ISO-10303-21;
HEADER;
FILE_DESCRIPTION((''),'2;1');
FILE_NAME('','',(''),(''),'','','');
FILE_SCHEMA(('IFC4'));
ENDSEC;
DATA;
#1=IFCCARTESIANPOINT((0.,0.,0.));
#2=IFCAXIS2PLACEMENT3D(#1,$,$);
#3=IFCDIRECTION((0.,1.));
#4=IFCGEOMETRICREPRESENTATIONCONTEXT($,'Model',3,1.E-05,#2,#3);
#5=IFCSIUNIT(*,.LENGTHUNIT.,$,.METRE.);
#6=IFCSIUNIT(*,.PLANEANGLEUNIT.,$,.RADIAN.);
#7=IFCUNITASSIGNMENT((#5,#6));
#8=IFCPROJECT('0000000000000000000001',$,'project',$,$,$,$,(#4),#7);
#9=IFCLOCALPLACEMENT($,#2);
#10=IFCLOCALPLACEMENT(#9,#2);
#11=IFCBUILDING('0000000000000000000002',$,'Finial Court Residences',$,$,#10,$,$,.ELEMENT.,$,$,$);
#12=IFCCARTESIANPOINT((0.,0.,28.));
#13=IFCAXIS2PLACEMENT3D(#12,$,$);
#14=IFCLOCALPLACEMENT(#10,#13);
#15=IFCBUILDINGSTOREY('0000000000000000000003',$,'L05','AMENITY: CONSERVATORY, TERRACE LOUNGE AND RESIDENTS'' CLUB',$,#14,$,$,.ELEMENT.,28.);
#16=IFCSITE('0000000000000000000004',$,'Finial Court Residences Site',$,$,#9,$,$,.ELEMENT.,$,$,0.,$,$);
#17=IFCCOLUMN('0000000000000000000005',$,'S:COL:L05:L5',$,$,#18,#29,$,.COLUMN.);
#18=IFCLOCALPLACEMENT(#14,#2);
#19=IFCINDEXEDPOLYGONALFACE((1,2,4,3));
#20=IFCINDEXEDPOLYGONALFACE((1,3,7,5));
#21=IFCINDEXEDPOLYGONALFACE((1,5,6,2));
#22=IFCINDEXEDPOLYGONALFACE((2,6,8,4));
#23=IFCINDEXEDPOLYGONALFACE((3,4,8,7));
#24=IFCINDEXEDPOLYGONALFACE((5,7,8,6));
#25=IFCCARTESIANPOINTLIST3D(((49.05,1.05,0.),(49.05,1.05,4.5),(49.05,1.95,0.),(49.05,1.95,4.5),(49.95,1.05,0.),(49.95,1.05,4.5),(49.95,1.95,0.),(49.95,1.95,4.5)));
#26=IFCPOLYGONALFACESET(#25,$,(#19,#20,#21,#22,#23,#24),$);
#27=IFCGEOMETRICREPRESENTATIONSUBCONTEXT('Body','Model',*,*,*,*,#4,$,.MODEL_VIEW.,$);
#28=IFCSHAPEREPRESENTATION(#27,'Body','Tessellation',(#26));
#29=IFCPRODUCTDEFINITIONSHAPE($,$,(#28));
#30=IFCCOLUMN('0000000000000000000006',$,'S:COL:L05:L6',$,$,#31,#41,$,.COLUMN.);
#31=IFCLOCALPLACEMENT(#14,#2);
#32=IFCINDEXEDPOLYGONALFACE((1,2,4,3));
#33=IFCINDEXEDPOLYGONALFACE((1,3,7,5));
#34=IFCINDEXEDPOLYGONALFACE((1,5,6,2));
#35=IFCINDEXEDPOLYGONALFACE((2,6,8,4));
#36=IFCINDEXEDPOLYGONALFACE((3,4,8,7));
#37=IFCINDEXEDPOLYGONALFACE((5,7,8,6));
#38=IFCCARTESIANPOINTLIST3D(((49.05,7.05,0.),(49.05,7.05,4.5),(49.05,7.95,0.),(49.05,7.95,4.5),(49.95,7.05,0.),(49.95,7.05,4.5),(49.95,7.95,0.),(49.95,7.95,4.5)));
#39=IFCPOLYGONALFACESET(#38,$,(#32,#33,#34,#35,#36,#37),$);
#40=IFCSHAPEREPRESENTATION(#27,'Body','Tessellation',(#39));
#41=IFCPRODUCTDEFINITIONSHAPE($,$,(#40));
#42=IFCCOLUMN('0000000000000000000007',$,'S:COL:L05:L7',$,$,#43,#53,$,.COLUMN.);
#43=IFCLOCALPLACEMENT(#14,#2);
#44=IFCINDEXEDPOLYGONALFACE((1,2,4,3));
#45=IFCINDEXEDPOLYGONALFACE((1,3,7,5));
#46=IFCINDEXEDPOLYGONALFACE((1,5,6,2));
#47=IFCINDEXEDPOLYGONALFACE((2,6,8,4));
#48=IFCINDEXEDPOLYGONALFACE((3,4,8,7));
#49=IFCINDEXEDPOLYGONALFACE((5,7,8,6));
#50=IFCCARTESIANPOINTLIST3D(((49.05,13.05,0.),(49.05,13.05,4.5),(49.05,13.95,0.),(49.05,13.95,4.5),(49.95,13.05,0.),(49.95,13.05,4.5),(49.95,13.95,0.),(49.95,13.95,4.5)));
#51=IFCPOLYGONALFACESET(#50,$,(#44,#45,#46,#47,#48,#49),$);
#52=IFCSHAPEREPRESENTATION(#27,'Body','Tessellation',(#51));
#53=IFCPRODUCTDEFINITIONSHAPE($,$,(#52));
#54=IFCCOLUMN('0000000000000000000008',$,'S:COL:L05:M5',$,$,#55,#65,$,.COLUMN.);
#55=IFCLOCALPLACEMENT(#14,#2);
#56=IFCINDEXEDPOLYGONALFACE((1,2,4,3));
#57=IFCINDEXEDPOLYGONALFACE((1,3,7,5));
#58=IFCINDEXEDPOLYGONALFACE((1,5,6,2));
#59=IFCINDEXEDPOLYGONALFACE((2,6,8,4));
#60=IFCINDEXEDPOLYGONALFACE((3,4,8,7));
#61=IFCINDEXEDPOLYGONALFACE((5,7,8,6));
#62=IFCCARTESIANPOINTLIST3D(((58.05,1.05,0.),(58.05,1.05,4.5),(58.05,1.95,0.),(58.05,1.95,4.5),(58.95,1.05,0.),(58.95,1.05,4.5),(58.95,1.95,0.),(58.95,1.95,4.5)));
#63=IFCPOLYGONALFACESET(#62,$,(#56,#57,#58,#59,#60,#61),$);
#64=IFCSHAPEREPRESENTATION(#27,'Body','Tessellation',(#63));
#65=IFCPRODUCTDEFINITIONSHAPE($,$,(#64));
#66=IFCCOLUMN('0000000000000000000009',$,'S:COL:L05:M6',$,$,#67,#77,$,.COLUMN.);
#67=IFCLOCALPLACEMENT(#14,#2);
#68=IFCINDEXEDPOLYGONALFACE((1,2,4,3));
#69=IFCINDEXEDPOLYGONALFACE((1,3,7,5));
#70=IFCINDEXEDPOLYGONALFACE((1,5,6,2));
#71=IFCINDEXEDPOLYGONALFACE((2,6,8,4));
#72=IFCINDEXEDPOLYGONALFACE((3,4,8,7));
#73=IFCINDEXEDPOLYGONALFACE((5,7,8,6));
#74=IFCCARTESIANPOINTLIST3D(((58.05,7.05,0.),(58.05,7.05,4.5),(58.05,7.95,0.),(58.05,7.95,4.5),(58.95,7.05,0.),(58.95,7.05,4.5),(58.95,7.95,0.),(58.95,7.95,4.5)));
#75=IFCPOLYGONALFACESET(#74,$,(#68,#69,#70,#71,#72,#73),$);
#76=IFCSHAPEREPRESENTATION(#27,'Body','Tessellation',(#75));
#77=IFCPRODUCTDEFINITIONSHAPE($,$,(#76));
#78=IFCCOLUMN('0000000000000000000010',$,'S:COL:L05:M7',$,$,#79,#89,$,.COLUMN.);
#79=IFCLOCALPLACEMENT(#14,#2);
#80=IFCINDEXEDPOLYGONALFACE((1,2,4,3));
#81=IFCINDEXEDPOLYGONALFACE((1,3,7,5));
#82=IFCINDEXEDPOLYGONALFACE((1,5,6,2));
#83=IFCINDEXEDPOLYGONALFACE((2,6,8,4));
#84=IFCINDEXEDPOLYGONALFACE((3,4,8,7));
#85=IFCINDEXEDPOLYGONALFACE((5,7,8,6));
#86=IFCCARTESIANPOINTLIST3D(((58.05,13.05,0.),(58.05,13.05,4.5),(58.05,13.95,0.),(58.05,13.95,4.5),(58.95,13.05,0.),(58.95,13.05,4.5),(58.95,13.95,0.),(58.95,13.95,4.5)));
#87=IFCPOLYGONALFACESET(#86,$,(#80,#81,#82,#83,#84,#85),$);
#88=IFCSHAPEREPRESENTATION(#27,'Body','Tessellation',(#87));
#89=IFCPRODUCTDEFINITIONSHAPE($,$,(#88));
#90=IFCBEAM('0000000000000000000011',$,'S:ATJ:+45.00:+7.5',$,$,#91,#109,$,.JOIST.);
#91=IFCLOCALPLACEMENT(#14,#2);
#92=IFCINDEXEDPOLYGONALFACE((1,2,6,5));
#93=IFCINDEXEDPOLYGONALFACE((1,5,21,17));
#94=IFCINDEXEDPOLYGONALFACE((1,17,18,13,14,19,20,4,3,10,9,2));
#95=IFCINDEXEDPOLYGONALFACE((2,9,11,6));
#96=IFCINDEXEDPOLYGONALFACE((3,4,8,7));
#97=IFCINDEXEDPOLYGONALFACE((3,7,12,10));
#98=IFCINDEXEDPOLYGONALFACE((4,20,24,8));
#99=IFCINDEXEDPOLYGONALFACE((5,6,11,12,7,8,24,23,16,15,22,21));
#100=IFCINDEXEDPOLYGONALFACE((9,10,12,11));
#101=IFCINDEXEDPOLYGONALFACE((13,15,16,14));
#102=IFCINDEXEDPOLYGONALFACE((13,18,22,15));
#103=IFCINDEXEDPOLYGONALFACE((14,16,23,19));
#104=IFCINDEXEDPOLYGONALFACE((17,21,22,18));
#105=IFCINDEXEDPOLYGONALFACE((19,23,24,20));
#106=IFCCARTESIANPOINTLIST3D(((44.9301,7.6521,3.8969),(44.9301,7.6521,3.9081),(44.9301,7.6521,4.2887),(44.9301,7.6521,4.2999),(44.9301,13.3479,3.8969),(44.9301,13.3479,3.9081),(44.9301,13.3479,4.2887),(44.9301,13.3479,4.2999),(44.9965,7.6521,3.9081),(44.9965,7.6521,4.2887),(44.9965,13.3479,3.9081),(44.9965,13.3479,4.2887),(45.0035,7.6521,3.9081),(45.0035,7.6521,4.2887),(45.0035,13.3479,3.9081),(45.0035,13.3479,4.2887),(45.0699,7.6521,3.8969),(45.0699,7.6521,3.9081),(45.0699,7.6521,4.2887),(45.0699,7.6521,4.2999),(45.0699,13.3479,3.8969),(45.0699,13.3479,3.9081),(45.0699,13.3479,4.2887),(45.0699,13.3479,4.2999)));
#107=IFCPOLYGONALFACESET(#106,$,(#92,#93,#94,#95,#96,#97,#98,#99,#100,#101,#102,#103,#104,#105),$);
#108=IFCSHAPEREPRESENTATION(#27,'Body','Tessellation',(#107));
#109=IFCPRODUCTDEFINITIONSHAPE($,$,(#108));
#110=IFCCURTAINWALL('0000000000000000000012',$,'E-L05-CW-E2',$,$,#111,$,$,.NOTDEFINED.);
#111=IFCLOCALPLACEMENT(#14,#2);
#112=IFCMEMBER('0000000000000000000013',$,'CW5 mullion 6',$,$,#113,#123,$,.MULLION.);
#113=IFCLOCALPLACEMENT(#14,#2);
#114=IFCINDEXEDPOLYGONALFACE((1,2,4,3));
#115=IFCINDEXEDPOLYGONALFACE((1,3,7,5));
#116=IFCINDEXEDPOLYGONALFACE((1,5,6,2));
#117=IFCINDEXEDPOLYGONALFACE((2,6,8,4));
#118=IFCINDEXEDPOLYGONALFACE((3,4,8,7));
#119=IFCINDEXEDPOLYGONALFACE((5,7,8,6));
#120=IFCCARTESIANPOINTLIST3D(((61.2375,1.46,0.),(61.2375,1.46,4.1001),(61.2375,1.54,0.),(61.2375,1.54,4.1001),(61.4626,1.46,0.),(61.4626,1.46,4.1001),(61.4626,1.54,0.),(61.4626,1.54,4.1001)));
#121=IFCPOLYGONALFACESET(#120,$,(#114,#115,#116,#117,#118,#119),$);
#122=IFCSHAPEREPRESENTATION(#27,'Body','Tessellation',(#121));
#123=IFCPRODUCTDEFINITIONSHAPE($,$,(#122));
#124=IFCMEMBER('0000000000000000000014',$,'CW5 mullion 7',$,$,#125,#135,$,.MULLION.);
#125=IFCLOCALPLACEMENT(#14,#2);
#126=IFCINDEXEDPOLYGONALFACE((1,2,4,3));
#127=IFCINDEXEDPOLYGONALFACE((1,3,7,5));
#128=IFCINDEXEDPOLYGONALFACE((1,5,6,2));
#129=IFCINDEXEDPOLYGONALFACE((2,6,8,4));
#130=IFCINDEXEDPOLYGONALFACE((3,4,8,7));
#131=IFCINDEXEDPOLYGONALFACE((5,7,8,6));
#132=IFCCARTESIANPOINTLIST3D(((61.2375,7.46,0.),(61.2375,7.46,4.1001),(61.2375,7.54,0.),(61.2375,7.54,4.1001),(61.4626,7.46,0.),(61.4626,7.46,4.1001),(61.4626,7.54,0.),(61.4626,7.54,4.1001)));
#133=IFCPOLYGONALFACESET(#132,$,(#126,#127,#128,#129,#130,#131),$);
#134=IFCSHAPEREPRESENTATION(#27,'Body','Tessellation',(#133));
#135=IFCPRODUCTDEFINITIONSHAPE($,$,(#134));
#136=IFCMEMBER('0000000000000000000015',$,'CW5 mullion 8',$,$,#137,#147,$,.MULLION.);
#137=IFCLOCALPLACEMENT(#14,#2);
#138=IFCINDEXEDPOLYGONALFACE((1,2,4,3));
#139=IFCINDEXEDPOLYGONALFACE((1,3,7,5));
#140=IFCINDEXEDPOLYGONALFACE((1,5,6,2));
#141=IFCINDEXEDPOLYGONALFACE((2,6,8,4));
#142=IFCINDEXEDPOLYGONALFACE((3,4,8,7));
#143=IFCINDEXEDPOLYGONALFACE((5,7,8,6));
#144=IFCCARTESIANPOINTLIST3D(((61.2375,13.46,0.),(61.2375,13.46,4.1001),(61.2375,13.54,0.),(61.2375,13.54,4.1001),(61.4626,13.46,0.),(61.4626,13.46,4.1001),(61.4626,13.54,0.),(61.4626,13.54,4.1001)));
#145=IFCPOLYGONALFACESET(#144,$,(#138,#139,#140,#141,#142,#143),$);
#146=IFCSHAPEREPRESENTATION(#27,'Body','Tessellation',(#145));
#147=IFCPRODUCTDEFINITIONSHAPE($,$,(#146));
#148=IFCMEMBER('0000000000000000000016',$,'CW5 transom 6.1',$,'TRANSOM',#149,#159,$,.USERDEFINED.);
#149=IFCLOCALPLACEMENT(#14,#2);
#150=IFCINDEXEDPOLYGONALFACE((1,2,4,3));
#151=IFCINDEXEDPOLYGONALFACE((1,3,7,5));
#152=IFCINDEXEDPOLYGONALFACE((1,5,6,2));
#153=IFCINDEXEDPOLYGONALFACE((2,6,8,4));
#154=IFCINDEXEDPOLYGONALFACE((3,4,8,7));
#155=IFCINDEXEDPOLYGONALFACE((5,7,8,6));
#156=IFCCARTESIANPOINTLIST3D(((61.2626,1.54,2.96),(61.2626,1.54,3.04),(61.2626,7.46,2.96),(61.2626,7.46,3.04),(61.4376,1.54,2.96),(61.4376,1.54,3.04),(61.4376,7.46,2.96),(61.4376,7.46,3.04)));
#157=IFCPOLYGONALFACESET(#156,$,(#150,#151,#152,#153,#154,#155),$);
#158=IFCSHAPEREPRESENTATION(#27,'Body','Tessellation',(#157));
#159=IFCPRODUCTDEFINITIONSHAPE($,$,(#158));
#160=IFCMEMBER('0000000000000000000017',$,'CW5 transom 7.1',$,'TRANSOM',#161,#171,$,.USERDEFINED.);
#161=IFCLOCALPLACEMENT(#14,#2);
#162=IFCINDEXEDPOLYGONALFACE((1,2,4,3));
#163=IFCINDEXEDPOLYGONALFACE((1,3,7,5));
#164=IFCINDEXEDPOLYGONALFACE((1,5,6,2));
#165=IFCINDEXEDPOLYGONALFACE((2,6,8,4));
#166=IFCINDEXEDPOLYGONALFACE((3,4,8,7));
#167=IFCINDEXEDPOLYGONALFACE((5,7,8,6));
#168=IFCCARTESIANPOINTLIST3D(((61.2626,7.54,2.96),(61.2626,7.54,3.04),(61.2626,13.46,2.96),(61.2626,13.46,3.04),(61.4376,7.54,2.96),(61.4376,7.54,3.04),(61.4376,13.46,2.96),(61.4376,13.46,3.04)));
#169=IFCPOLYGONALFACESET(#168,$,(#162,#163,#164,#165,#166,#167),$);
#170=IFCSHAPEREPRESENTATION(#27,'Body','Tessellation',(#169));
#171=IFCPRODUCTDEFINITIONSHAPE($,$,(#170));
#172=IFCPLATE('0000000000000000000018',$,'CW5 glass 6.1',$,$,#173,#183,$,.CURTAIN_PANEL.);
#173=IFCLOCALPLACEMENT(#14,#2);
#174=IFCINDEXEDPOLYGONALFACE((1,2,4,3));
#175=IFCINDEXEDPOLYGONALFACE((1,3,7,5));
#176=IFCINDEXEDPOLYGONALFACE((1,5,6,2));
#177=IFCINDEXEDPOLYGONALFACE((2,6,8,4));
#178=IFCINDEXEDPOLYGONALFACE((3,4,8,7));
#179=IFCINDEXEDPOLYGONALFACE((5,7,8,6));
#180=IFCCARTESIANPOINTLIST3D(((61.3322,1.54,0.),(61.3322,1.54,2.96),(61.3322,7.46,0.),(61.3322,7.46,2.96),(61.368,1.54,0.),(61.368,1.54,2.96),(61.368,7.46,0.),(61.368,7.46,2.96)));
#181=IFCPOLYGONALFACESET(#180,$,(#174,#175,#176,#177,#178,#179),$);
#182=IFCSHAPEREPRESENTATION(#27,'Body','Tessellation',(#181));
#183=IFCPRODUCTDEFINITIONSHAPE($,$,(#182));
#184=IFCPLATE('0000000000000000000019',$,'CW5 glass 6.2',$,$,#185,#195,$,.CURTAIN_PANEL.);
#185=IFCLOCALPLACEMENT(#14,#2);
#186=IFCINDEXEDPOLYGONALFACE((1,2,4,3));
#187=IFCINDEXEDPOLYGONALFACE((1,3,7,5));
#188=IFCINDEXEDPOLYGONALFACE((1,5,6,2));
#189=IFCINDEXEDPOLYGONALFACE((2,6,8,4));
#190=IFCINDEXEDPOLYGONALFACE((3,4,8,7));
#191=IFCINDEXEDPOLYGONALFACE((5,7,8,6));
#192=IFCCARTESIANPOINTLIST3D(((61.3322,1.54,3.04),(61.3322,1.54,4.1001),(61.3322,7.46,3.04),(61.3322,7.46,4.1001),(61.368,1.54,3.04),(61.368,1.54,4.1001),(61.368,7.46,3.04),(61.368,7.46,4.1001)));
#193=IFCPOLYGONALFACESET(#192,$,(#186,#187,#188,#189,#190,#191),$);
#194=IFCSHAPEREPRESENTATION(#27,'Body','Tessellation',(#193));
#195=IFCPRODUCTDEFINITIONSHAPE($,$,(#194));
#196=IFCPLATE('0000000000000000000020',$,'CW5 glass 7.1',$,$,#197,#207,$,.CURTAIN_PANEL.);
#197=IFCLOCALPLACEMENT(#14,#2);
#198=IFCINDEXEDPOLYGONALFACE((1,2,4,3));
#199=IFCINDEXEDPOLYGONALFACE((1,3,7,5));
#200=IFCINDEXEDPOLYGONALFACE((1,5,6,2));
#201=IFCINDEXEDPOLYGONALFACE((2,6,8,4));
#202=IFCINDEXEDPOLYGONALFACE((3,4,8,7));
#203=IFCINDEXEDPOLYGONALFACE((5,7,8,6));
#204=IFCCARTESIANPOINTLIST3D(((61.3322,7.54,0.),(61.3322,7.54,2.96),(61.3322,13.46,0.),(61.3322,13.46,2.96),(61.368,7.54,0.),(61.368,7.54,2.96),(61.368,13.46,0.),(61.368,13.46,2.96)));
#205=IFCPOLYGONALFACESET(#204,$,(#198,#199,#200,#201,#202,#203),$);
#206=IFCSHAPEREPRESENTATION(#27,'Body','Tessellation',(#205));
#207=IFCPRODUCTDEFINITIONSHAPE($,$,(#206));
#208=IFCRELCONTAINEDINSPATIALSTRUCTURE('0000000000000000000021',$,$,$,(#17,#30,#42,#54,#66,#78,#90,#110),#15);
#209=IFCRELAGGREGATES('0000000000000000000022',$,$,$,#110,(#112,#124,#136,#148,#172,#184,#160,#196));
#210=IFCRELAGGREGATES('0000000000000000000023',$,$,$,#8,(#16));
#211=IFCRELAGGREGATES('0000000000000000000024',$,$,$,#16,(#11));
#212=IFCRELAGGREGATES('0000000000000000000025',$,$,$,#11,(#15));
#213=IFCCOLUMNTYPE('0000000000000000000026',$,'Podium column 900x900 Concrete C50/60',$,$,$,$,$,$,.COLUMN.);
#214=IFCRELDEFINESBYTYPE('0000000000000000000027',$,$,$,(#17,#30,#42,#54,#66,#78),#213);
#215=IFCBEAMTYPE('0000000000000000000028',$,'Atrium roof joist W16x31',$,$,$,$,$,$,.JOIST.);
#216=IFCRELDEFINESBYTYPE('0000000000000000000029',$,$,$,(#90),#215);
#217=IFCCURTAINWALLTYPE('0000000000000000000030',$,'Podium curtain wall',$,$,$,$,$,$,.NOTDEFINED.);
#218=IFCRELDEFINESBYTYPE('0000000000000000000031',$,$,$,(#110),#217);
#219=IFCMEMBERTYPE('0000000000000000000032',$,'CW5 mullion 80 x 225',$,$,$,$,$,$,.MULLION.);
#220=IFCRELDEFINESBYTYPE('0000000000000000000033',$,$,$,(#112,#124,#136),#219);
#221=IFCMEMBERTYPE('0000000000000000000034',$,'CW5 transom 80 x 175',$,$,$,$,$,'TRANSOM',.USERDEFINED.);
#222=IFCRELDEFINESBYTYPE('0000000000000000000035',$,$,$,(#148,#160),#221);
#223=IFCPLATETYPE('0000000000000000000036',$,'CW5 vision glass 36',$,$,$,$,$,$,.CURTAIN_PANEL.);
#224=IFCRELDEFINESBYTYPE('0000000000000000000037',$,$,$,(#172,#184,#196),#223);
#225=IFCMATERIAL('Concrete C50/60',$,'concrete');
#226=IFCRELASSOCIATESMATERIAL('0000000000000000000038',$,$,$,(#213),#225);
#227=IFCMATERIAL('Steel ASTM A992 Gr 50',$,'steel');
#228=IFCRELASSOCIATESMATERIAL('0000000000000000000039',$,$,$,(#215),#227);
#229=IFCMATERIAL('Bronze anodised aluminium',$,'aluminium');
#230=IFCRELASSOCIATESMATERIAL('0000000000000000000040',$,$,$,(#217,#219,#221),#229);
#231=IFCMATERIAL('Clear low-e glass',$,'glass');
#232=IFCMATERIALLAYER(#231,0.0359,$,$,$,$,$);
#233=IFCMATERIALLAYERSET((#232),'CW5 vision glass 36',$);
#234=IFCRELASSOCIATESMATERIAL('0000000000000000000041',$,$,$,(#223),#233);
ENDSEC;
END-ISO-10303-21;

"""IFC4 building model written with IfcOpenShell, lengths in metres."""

from ifc_helpers import new_model, si_unit, direction, frame, origin, origin_2d, place, context, subcontext, project, spatial, rectangle, i_section, extrude, material, layer, layer_set, material_profile, profile_set, type_object, element, aggregate, save


model = new_model("IFC4")

# Units and contexts
model_context = context("Model", 3, precision=1e-05, world=origin(), true_north=direction((0.0, 1.0)))
body_context = subcontext(model_context, "Body", "Model", "MODEL_VIEW")
ifc_project = project(units=[si_unit("LENGTHUNIT", "METRE"), si_unit("PLANEANGLEUNIT", "RADIAN")], contexts=[model_context])

# Site, building, storey
site_placement = place(None, origin())
site = spatial("IfcSite", under=ifc_project, at=site_placement, Name="Finial Court Residences Site", CompositionType="ELEMENT", RefElevation=0.0)
building_placement = place(site_placement, origin())
building = spatial("IfcBuilding", under=site, at=building_placement, Name="Finial Court Residences", CompositionType="ELEMENT")
storey_placement = place(building_placement, frame((0.0, 0.0, 28.0)))
storey = spatial("IfcBuildingStorey", under=building, at=storey_placement, Name="L05", Description="AMENITY: CONSERVATORY, TERRACE LOUNGE AND RESIDENTS' CLUB", CompositionType="ELEMENT", Elevation=28.0)

# Columns
ifc_material_1 = material(Name="Concrete C50/60", Category="concrete")
ifc_material_profile_1 = material_profile(ifc_material_1, rectangle(XDim=0.8999, YDim=0.8999, at=origin_2d()), Name="900x900")
ifc_profile_set_1 = profile_set([ifc_material_profile_1], Name="Concrete C50/60")
column_type = type_object("IfcColumnType", Name="Podium column 900x900 Concrete C50/60", PredefinedType="COLUMN", material=ifc_profile_set_1)
for number, where, z_axis, x_axis, name in (
    (1, (49.5, 1.5, 0.0), (0.0, 0.0, 1.0), (1.0, 0.0, 0.0), "S:COL:L05:L5"),
    (2, (49.5, 7.5, 0.0), (0.0, 0.0, 1.0), (1.0, 0.0, 0.0), "S:COL:L05:L6"),
    (3, (49.5, 13.5, 0.0), (0.0, 0.0, 1.0), (1.0, 0.0, 0.0), "S:COL:L05:L7"),
    (4, (58.5, 1.5, 0.0), (0.0, 0.0, 1.0), (1.0, 0.0, 0.0), "S:COL:L05:M5"),
    (5, (58.5, 7.5, 0.0), (0.0, 0.0, 1.0), (1.0, 0.0, 0.0), "S:COL:L05:M6"),
    (6, (58.5, 13.5, 0.0), (0.0, 0.0, 1.0), (1.0, 0.0, 0.0), "S:COL:L05:M7"),
):
    element("IfcColumn", number, at=place(storey_placement, frame(where, z_axis=z_axis, x_axis=x_axis)), inside=storey, type_object=column_type, Name=name, PredefinedType="COLUMN", context=body_context, shape_type="SweptSolid", body=[
        extrude(rectangle(XDim=0.8999, YDim=0.8999, at=origin_2d()), origin(), (0.0, 0.0, 1.0), 4.5),
    ])

# Beam
ifc_material_2 = material(Name="Steel ASTM A992 Gr 50", Category="steel")
ifc_material_profile_2 = material_profile(ifc_material_2, i_section(OverallWidth=0.1399, OverallDepth=0.4031, WebThickness=0.0071, FlangeThickness=0.0112, at=origin_2d()), Name="W16x31")
ifc_profile_set_2 = profile_set([ifc_material_profile_2], Name="Steel ASTM A992 Gr 50")
beam_type = type_object("IfcBeamType", Name="Atrium roof joist W16x31", PredefinedType="JOIST", material=ifc_profile_set_2)
beam_placement = place(storey_placement, frame((45.0, 7.6521, 4.0984), z_axis=(0.0, 1.0, 0.0), x_axis=(-1.0, 0.0, 0.0)))
element("IfcBeam", 7, at=beam_placement, inside=storey, type_object=beam_type, Name="S:ATJ:+45.00:+7.5", PredefinedType="JOIST", context=body_context, shape_type="SweptSolid", body=[
    extrude(i_section(OverallWidth=0.1399, OverallDepth=0.4031, WebThickness=0.0071, FlangeThickness=0.0112, at=origin_2d()), origin(), (0.0, 0.0, 1.0), 5.6958),
])

# Curtain wall, members, plates
ifc_material_3 = material(Name="Bronze anodised aluminium", Category="aluminium")
curtain_wall_type = type_object("IfcCurtainWallType", Name="Podium curtain wall", PredefinedType="NOTDEFINED", material=ifc_material_3)
curtain_wall_placement = place(storey_placement, origin())
curtain_wall = element("IfcCurtainWall", 8, at=curtain_wall_placement, inside=storey, type_object=curtain_wall_type, Name="E-L05-CW-E2", PredefinedType="NOTDEFINED")
ifc_material_profile_3 = material_profile(ifc_material_3, rectangle(XDim=0.2251, YDim=0.0801, at=origin_2d()), Name="CW5 mullion 80 x 225")
ifc_profile_set_3 = profile_set([ifc_material_profile_3], Name="Bronze anodised aluminium")
member_type_1 = type_object("IfcMemberType", Name="CW5 mullion 80 x 225", PredefinedType="MULLION", material=ifc_profile_set_3)
member_1_placement = place(storey_placement, frame((61.3501, 1.5, 0.0), z_axis=(0.0, 0.0, 1.0), x_axis=(-1.0, 0.0, 0.0)))
member_1 = element("IfcMember", 9, at=member_1_placement, type_object=member_type_1, Name="CW5 mullion 6", PredefinedType="MULLION", context=body_context, shape_type="SweptSolid", body=[
    extrude(rectangle(XDim=0.2251, YDim=0.0801, at=origin_2d()), origin(), (0.0, 0.0, 1.0), 4.1001),
])
member_2_placement = place(storey_placement, frame((61.3501, 7.5, 0.0), z_axis=(0.0, 0.0, 1.0), x_axis=(-1.0, 0.0, 0.0)))
member_2 = element("IfcMember", 10, at=member_2_placement, type_object=member_type_1, Name="CW5 mullion 7", PredefinedType="MULLION", context=body_context, shape_type="SweptSolid", body=[
    extrude(rectangle(XDim=0.2251, YDim=0.0801, at=origin_2d()), origin(), (0.0, 0.0, 1.0), 4.1001),
])
member_3_placement = place(storey_placement, frame((61.3501, 13.5, 0.0), z_axis=(0.0, 0.0, 1.0), x_axis=(-1.0, 0.0, 0.0)))
member_3 = element("IfcMember", 11, at=member_3_placement, type_object=member_type_1, Name="CW5 mullion 8", PredefinedType="MULLION", context=body_context, shape_type="SweptSolid", body=[
    extrude(rectangle(XDim=0.2251, YDim=0.0801, at=origin_2d()), origin(), (0.0, 0.0, 1.0), 4.1001),
])
ifc_material_profile_4 = material_profile(ifc_material_3, rectangle(XDim=0.175, YDim=0.0801, at=origin_2d()), Name="CW5 transom 80 x 175")
ifc_profile_set_4 = profile_set([ifc_material_profile_4], Name="Bronze anodised aluminium")
member_type_2 = type_object("IfcMemberType", Name="CW5 transom 80 x 175", ElementType="TRANSOM", PredefinedType="USERDEFINED", material=ifc_profile_set_4)
member_4_placement = place(storey_placement, frame((61.3501, 1.54, 3.0), z_axis=(0.0, 1.0, 0.0), x_axis=(-1.0, 0.0, 0.0)))
member_4 = element("IfcMember", 12, at=member_4_placement, type_object=member_type_2, Name="CW5 transom 6.1", ObjectType="TRANSOM", PredefinedType="USERDEFINED", context=body_context, shape_type="SweptSolid", body=[
    extrude(rectangle(XDim=0.175, YDim=0.0801, at=origin_2d()), origin(), (0.0, 0.0, 1.0), 5.9199),
])
member_5_placement = place(storey_placement, frame((61.3501, 7.54, 3.0), z_axis=(0.0, 1.0, 0.0), x_axis=(-1.0, 0.0, 0.0)))
member_5 = element("IfcMember", 13, at=member_5_placement, type_object=member_type_2, Name="CW5 transom 7.1", ObjectType="TRANSOM", PredefinedType="USERDEFINED", context=body_context, shape_type="SweptSolid", body=[
    extrude(rectangle(XDim=0.175, YDim=0.0801, at=origin_2d()), origin(), (0.0, 0.0, 1.0), 5.9199),
])
ifc_material_4 = material(Name="Clear low-e glass", Category="glass")
ifc_layer = layer(ifc_material_4, 0.0359)
ifc_layer_set = layer_set([ifc_layer], Name="CW5 vision glass 36")
plate_type = type_object("IfcPlateType", Name="CW5 vision glass 36", PredefinedType="CURTAIN_PANEL", material=ifc_layer_set)
plate_1_placement = place(storey_placement, frame((61.3501, 4.5, 0.0), z_axis=(0.0, 0.0, 1.0), x_axis=(0.0, 1.0, 0.0)))
plate_1 = element("IfcPlate", 14, at=plate_1_placement, type_object=plate_type, Name="CW5 glass 6.1", PredefinedType="CURTAIN_PANEL", context=body_context, shape_type="SweptSolid", body=[
    extrude(rectangle(XDim=5.9199, YDim=0.0359, at=origin_2d()), origin(), (0.0, 0.0, 1.0), 2.96),
])
plate_2_placement = place(storey_placement, frame((61.3501, 4.5, 3.04), z_axis=(0.0, 0.0, 1.0), x_axis=(0.0, 1.0, 0.0)))
plate_2 = element("IfcPlate", 15, at=plate_2_placement, type_object=plate_type, Name="CW5 glass 6.2", PredefinedType="CURTAIN_PANEL", context=body_context, shape_type="SweptSolid", body=[
    extrude(rectangle(XDim=5.9199, YDim=0.0359, at=origin_2d()), origin(), (0.0, 0.0, 1.0), 1.0601),
])
plate_3_placement = place(storey_placement, frame((61.3501, 10.5, 0.0), z_axis=(0.0, 0.0, 1.0), x_axis=(0.0, 1.0, 0.0)))
plate_3 = element("IfcPlate", 16, at=plate_3_placement, type_object=plate_type, Name="CW5 glass 7.1", PredefinedType="CURTAIN_PANEL", context=body_context, shape_type="SweptSolid", body=[
    extrude(rectangle(XDim=5.9199, YDim=0.0359, at=origin_2d()), origin(), (0.0, 0.0, 1.0), 2.96),
])
aggregate(curtain_wall, [member_1, member_2, member_3, member_4, plate_1, plate_2, member_5, plate_3])

save(model, "model.ifc")
